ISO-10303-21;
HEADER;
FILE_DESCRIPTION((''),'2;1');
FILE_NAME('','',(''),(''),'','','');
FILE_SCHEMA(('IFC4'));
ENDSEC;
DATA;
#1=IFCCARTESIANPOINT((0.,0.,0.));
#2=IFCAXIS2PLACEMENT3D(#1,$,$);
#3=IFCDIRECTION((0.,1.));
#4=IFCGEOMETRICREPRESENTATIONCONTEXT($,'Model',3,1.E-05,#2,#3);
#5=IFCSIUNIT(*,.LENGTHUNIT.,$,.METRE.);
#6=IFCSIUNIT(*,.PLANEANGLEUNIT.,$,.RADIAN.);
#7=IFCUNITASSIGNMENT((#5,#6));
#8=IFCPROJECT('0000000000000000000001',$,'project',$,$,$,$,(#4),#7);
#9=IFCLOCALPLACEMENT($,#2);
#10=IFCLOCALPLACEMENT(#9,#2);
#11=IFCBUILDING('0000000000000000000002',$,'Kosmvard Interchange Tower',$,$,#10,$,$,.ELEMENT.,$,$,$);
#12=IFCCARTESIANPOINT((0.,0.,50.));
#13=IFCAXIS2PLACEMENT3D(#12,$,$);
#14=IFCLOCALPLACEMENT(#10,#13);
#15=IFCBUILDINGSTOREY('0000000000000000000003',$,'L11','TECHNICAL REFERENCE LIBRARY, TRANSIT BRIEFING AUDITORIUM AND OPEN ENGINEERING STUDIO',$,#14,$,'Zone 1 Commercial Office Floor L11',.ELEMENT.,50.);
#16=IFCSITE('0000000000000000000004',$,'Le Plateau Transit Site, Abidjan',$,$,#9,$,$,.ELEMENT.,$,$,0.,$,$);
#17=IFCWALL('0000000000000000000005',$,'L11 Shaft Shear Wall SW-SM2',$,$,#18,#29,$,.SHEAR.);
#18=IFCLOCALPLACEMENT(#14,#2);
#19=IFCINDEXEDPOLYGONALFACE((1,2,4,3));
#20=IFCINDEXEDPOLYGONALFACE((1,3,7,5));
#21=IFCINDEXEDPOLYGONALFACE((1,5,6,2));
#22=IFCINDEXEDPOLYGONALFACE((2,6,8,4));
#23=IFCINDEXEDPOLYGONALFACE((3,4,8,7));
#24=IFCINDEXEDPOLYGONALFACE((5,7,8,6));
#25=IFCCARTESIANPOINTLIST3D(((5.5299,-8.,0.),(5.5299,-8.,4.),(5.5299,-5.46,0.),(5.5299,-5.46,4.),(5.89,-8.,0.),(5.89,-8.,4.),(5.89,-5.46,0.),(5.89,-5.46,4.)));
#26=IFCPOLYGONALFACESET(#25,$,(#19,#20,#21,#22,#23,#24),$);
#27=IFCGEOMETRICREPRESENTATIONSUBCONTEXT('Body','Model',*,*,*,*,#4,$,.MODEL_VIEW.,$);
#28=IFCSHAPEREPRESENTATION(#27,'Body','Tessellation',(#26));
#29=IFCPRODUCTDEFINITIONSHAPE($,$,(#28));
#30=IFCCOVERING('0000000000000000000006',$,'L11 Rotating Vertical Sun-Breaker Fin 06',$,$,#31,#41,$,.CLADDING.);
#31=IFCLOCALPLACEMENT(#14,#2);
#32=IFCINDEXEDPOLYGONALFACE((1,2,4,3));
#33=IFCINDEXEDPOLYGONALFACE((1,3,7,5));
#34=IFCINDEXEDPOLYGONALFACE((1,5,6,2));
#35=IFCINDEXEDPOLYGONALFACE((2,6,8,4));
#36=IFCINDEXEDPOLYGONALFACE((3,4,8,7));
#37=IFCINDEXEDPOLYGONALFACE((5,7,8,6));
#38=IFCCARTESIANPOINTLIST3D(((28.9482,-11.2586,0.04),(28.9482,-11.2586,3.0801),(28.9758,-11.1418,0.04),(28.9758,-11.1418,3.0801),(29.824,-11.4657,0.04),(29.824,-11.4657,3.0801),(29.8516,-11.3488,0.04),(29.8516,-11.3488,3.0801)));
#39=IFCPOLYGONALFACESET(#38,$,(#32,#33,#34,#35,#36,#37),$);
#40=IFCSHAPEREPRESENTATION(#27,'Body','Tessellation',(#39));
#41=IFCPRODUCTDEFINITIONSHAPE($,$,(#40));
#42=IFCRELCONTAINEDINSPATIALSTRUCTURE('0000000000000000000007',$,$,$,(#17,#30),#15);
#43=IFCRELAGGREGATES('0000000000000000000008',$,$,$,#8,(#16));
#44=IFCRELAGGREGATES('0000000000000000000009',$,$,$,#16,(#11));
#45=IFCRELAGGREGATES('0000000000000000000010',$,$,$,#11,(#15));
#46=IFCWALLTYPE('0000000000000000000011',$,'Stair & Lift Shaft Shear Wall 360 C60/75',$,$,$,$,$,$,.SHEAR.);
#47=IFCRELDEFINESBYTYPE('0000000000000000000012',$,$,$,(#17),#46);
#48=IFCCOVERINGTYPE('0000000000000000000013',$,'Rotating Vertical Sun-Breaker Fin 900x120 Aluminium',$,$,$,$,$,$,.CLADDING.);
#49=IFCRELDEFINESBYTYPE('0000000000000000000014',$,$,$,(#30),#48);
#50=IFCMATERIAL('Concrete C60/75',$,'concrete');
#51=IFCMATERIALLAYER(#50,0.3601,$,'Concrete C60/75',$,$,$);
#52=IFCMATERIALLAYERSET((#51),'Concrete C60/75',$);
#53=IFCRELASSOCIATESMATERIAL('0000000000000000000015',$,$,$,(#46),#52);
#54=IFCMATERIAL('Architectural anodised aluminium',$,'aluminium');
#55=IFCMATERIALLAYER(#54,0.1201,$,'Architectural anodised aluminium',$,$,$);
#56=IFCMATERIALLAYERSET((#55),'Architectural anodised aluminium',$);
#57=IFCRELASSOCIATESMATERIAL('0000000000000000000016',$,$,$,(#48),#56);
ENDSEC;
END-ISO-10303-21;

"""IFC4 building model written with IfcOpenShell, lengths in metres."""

from ifc_helpers import new_model, si_unit, direction, frame, frame_2d, origin, origin_2d, place, context, subcontext, project, spatial, rectangle, extrude, source, transform, mapped, material, layer, layer_set, type_object, element, save


model = new_model("IFC4")

# Units and contexts
model_context = context("Model", 3, precision=1e-05, world=origin(), true_north=direction((0.0, 1.0)))
body_context = subcontext(model_context, "Body", "Model", "MODEL_VIEW")
ifc_project = project(units=[si_unit("LENGTHUNIT", "METRE"), si_unit("PLANEANGLEUNIT", "RADIAN")], contexts=[model_context])

# Site, building, storey
site_placement = place(None, origin())
site = spatial("IfcSite", under=ifc_project, at=site_placement, Name="Le Plateau Transit Site, Abidjan", CompositionType="ELEMENT", RefElevation=0.0)
building_placement = place(site_placement, origin())
building = spatial("IfcBuilding", under=site, at=building_placement, Name="Kosmvard Interchange Tower", CompositionType="ELEMENT")
storey_placement = place(building_placement, frame((0.0, 0.0, 50.0)))
storey = spatial("IfcBuildingStorey", under=building, at=storey_placement, Name="L11", Description="TECHNICAL REFERENCE LIBRARY, TRANSIT BRIEFING AUDITORIUM AND OPEN ENGINEERING STUDIO", LongName="Zone 1 Commercial Office Floor L11", CompositionType="ELEMENT", Elevation=50.0)

# Shared definitions
ifc_material_1 = material(Name="Concrete C60/75", Category="concrete")

# Shared definitions
ifc_layer_1 = layer(ifc_material_1, 0.3601, Name="Concrete C60/75")
ifc_layer_set_1 = layer_set([ifc_layer_1], Name="Concrete C60/75")
wall_type_1 = type_object("IfcWallType", Name="Stair & Lift Shaft Shear Wall 360 C60/75", PredefinedType="SHEAR", material=ifc_layer_set_1)

# Wall
wall_1_placement = place(storey_placement, frame((5.71, -8.0, 0.0), z_axis=(0.0, 0.0, 1.0), x_axis=(0.0, 1.0, 0.0)))
element("IfcWall", 1, at=wall_1_placement, inside=storey, type_object=wall_type_1, Name="L11 Shaft Shear Wall SW-SM2", PredefinedType="SHEAR", context=body_context, shape_type="SweptSolid", body=[
    extrude(rectangle(XDim=2.54, YDim=0.3601, at=frame_2d((1.27, 0.0))), origin(), (0.0, 0.0, 1.0), 4.0),
])

# Covering
ifc_material_2 = material(Name="Architectural anodised aluminium", Category="aluminium")
ifc_layer_2 = layer(ifc_material_2, 0.1201, Name="Architectural anodised aluminium")
ifc_layer_set_2 = layer_set([ifc_layer_2], Name="Architectural anodised aluminium")
covering_type = type_object("IfcCoveringType", Name="Rotating Vertical Sun-Breaker Fin 900x120 Aluminium", PredefinedType="CLADDING", material=ifc_layer_set_2)
shared_shape_1 = source(origin(), body_context, "Body", "SweptSolid", [
    extrude(rectangle(XDim=0.8999, YDim=0.1201, at=origin_2d()), origin(), (0.0, 0.0, 1.0), 3.04),
])
covering_placement = place(storey_placement, frame((29.3999, -11.3037, 0.04), z_axis=(0.0, 0.0, 1.0), x_axis=(0.973179, -0.23005, 0.0)))
element("IfcCovering", 2, at=covering_placement, inside=storey, type_object=covering_type, Name="L11 Rotating Vertical Sun-Breaker Fin 06", PredefinedType="CLADDING", context=body_context, shape_type="MappedRepresentation", body=[
    mapped(shared_shape_1, transform((0.0, 0.0, 0.0), scale=1.0)),
])

save(model, "model.ifc")
